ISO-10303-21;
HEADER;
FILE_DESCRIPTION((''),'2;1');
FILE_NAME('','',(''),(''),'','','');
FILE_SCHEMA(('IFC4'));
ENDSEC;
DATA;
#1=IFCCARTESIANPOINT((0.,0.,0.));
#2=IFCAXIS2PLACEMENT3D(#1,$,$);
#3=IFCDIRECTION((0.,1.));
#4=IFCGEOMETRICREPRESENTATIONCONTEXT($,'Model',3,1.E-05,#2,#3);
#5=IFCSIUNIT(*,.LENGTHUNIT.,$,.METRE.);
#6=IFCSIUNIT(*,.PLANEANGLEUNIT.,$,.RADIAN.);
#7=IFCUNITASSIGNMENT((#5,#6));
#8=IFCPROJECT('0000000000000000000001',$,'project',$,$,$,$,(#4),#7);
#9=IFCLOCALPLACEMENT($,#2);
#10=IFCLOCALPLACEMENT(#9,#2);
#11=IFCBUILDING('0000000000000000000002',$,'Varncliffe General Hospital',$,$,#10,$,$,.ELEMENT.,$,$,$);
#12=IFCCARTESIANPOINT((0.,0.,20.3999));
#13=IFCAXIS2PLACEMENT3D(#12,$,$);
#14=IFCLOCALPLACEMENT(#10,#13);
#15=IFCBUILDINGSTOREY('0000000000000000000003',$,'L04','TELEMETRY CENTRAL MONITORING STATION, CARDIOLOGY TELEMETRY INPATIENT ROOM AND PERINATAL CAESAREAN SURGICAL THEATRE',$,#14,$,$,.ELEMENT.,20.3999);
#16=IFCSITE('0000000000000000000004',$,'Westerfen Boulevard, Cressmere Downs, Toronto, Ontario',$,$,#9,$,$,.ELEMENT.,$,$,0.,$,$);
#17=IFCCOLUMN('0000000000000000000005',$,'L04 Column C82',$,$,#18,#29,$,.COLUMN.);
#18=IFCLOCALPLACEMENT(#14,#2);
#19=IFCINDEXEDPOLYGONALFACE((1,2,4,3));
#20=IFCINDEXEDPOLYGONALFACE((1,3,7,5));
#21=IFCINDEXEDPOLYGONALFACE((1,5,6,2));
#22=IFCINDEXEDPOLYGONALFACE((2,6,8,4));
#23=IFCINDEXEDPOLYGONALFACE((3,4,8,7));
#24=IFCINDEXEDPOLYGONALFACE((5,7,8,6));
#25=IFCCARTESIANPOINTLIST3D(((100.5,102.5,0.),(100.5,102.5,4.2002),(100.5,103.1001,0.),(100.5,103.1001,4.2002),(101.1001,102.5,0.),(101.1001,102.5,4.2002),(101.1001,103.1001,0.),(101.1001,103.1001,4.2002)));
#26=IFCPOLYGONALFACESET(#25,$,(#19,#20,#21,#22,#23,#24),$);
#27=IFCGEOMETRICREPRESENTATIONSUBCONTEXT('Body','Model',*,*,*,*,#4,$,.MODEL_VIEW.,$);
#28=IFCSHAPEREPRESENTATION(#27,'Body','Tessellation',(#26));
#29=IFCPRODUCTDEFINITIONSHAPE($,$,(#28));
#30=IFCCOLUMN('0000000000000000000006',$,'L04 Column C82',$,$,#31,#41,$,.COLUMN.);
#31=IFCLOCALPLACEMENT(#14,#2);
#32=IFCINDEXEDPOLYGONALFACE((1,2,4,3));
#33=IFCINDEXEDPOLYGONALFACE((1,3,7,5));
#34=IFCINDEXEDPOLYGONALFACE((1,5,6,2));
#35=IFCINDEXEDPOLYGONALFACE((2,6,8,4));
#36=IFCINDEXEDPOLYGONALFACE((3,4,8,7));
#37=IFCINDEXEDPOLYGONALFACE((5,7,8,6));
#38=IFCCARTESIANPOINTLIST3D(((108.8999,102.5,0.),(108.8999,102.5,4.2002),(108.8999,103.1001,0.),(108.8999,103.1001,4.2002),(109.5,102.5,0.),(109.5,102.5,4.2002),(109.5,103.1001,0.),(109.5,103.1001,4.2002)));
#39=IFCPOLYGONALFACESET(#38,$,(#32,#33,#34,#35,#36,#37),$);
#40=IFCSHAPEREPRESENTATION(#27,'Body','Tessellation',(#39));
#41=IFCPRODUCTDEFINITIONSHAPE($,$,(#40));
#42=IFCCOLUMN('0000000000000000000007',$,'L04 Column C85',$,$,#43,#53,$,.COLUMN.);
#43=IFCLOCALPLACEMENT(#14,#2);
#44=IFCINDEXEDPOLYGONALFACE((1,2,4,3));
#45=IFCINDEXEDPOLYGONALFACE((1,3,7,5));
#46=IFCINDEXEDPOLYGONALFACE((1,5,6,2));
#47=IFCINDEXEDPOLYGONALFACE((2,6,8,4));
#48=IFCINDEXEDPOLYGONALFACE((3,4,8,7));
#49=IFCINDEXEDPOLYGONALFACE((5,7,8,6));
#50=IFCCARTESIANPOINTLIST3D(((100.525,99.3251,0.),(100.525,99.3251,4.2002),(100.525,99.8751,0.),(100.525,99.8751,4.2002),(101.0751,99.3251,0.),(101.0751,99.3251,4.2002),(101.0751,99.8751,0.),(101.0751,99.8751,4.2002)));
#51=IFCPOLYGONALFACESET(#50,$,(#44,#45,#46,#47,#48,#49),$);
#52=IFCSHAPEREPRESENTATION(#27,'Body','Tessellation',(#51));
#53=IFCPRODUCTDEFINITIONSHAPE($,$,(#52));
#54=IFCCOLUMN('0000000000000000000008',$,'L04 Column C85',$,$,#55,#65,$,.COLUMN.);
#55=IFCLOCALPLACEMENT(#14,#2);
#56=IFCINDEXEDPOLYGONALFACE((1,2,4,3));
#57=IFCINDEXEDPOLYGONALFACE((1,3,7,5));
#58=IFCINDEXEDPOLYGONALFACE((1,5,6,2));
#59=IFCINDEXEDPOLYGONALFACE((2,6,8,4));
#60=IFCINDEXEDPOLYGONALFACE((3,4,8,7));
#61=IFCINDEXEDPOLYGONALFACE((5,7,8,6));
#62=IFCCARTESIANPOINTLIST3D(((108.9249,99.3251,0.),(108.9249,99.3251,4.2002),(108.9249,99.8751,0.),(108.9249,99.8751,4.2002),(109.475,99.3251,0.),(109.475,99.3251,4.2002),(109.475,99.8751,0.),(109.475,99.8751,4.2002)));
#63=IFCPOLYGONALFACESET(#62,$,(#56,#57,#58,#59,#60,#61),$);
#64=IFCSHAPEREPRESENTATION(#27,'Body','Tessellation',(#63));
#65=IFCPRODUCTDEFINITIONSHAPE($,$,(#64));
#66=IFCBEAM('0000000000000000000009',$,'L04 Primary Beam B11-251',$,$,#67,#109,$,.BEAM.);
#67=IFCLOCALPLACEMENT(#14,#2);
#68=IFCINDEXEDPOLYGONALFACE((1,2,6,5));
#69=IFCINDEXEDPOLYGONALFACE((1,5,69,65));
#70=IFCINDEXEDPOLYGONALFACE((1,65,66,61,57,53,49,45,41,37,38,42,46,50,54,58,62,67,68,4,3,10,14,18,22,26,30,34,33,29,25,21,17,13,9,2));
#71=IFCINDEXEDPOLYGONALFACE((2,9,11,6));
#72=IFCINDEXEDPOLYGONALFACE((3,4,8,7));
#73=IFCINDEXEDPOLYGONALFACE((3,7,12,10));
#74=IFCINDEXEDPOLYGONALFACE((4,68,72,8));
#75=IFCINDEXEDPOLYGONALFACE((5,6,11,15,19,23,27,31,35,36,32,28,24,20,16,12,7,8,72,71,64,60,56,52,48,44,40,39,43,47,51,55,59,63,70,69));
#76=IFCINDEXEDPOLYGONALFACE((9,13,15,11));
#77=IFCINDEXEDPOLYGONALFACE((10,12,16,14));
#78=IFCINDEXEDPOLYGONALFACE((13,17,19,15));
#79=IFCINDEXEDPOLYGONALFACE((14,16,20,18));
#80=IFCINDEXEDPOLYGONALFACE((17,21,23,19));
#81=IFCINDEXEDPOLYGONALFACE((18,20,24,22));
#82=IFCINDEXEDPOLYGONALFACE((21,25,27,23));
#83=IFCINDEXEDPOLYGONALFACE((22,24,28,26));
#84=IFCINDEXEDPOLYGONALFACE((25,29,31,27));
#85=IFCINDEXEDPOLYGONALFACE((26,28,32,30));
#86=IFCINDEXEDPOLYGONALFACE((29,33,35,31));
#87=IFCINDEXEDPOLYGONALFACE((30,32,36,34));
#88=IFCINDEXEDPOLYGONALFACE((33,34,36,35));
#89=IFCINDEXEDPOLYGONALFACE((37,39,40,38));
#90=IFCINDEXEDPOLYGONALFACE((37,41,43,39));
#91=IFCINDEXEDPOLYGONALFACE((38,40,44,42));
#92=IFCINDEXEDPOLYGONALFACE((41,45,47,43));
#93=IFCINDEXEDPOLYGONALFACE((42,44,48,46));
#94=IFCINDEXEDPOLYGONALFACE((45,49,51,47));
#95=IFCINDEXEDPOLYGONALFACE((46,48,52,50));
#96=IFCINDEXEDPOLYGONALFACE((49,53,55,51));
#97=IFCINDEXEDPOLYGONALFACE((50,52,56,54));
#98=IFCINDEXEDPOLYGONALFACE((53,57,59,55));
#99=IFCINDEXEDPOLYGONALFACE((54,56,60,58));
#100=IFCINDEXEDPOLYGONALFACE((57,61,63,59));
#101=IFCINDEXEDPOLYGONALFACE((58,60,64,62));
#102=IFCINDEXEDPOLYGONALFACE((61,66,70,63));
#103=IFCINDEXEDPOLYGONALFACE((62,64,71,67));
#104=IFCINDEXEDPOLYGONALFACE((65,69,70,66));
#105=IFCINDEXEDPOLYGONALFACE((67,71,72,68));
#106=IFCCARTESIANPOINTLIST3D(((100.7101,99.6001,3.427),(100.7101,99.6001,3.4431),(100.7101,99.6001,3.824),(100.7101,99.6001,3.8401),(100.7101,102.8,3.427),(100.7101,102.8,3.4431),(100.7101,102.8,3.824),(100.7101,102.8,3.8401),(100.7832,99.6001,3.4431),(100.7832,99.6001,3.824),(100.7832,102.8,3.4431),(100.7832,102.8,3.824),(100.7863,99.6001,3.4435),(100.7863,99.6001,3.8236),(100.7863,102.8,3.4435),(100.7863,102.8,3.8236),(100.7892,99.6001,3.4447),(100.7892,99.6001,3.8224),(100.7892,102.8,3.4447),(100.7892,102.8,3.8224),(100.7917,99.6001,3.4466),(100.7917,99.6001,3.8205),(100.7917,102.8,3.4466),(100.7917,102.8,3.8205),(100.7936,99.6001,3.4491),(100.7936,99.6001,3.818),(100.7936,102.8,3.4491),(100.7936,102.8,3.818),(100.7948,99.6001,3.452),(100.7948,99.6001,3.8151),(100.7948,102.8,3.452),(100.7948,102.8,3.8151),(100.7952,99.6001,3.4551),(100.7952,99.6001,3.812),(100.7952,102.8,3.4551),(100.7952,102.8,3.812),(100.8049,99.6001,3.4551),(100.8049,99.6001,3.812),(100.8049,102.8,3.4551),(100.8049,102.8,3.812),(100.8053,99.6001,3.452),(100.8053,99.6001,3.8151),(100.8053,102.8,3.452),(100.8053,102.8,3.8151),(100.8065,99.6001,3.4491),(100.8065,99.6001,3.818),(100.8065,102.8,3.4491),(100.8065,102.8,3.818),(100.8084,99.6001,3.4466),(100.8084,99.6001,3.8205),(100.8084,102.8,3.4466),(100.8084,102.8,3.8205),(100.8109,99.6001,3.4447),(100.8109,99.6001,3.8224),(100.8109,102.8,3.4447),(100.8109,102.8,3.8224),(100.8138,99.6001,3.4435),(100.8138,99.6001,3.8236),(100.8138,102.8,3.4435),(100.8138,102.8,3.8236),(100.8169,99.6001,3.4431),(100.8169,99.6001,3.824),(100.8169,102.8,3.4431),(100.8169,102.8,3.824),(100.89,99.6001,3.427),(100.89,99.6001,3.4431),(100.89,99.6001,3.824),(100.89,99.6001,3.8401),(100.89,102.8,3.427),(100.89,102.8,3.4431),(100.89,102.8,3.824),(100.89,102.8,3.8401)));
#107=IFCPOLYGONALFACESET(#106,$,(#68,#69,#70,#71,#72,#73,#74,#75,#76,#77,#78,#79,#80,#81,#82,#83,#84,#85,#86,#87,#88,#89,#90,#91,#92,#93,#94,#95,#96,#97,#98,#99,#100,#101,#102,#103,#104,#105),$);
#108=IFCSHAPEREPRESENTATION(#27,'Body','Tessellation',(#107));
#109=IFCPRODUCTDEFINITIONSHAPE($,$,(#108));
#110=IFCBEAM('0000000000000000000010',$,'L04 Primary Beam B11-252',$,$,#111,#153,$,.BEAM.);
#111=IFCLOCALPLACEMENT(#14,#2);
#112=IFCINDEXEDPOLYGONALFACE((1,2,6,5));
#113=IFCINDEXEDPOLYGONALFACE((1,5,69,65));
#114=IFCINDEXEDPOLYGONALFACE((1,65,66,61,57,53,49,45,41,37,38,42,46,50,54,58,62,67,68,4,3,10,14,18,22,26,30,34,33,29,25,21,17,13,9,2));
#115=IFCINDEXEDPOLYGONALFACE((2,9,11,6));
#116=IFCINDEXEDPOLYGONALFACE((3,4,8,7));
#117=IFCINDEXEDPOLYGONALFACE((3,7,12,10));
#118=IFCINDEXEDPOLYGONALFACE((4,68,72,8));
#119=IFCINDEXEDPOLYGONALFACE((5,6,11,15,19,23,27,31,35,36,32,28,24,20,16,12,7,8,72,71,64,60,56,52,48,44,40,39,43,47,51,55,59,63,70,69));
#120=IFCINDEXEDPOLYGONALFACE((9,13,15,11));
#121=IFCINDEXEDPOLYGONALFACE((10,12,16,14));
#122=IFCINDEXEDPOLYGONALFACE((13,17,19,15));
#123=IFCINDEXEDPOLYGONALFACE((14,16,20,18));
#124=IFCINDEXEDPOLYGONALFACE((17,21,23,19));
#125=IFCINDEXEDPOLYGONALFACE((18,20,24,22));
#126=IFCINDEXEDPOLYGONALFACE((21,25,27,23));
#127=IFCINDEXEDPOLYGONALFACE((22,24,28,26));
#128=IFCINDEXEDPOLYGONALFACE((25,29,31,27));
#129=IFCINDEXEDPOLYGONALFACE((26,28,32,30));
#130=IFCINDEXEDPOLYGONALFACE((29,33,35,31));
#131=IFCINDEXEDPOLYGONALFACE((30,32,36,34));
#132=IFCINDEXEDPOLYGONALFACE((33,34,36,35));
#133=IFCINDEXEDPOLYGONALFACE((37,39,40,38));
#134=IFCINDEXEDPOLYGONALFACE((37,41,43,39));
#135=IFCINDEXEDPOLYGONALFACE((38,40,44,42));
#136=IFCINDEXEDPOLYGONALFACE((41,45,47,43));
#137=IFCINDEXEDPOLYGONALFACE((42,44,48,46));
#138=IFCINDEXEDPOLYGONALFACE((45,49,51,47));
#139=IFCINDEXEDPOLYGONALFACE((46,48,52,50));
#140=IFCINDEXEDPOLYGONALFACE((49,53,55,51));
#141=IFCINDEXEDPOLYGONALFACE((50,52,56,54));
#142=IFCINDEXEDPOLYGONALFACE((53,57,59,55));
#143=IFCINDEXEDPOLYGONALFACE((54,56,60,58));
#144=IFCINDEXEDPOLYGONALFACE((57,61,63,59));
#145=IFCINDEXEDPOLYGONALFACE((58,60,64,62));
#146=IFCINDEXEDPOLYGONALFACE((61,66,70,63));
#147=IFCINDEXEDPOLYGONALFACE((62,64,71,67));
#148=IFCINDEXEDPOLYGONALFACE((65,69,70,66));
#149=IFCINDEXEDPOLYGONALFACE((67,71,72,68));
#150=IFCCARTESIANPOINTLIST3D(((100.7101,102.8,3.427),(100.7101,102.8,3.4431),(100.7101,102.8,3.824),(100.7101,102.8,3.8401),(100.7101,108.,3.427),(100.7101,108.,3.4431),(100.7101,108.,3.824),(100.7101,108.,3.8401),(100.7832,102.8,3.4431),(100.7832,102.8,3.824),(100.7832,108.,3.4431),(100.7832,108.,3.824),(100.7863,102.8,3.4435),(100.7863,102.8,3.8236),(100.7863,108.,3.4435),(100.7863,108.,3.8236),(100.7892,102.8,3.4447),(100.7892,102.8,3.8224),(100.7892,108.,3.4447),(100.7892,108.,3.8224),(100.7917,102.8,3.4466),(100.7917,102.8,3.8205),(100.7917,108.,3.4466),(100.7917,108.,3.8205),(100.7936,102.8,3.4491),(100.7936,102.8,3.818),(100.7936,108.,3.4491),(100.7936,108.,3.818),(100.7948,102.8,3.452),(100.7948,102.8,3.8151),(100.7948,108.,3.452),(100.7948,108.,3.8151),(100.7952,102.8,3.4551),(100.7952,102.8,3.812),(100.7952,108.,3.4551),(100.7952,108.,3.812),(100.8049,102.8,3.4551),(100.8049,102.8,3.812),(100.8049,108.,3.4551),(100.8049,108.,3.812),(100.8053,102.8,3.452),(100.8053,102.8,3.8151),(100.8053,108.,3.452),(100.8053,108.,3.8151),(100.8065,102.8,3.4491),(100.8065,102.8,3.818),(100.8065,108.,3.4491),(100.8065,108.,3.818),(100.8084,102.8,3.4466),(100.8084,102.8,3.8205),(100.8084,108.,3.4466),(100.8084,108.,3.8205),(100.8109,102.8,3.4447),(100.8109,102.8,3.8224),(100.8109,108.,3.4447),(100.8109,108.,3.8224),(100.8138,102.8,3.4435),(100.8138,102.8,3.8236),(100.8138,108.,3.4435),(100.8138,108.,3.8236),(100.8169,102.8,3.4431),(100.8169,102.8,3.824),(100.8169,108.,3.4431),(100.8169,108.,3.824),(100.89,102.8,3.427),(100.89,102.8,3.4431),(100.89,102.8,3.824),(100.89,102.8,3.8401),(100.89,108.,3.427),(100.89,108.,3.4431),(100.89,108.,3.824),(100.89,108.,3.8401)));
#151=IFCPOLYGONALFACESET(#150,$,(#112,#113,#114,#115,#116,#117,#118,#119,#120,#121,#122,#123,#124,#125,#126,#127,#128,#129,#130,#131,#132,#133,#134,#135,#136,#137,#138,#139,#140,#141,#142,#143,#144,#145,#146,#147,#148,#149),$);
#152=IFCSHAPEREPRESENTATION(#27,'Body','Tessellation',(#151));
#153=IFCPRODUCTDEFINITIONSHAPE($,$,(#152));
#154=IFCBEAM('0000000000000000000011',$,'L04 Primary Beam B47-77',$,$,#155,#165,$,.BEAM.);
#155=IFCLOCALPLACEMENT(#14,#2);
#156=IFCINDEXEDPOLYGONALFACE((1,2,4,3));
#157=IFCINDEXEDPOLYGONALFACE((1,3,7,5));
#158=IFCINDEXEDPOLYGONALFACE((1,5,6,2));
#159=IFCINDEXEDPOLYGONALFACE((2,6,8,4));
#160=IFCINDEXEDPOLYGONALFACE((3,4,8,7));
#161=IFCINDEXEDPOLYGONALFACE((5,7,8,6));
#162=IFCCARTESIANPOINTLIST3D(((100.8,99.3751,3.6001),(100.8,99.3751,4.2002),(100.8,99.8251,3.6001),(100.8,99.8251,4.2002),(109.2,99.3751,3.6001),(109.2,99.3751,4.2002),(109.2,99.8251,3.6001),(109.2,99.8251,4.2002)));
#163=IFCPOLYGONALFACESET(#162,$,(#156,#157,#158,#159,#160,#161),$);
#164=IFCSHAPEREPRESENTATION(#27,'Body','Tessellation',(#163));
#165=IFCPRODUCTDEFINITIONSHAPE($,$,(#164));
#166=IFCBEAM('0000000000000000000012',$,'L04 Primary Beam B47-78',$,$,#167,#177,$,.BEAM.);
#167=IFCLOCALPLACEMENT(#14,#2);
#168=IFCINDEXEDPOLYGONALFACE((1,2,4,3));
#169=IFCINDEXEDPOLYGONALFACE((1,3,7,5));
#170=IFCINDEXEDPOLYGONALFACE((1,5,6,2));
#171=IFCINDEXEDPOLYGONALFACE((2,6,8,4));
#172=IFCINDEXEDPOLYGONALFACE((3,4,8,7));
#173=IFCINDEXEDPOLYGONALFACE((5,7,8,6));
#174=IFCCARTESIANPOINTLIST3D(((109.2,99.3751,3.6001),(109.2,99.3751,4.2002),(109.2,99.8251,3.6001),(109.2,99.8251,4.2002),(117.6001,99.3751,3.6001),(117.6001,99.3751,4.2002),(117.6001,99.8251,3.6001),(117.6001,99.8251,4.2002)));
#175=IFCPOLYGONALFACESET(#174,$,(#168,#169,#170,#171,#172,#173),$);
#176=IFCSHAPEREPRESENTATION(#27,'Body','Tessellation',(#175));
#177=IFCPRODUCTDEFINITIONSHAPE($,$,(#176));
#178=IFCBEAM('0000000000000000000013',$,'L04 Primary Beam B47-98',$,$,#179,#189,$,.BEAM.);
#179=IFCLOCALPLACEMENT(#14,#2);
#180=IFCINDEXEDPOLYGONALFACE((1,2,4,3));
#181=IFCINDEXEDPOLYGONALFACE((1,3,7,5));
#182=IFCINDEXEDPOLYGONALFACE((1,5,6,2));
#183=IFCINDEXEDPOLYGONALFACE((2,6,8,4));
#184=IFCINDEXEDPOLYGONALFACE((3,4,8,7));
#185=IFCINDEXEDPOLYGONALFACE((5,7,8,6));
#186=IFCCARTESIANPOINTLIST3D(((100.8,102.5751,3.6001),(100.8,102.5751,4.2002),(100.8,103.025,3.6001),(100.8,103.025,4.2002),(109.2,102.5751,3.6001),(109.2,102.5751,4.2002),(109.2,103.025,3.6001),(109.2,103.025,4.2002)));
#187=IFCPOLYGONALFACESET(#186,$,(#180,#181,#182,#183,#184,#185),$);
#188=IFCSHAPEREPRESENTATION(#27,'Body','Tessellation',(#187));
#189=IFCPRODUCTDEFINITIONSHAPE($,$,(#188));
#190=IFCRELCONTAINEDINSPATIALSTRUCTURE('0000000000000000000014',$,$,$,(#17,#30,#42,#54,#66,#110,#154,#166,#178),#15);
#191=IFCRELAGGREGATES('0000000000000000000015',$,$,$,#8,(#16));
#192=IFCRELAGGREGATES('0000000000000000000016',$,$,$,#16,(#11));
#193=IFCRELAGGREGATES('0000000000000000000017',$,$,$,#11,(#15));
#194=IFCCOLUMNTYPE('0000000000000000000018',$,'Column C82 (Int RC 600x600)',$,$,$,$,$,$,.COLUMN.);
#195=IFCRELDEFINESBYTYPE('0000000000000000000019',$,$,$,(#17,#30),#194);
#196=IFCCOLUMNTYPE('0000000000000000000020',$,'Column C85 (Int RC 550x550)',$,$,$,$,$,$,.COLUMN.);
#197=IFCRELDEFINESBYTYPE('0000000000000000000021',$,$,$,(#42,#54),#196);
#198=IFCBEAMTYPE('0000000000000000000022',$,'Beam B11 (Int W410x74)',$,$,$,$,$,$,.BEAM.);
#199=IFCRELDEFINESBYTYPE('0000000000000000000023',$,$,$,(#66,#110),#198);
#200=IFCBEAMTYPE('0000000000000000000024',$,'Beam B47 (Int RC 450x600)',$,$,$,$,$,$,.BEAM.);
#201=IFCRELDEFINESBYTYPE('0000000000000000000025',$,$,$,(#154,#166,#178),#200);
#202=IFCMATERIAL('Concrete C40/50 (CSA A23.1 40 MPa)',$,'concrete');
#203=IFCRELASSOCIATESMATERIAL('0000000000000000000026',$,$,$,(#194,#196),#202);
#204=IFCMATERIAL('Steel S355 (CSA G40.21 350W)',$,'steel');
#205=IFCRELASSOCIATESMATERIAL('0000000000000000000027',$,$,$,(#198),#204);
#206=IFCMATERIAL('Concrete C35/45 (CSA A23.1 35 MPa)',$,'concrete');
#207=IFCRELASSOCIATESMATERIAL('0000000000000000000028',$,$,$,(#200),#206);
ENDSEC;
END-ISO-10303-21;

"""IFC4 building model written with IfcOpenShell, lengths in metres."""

from ifc_helpers import new_model, si_unit, direction, frame, origin, origin_2d, place, context, subcontext, project, spatial, rectangle, i_section, extrude, material, material_profile, profile_set, type_object, element, save


model = new_model("IFC4")

# Units and contexts
model_context = context("Model", 3, precision=1e-05, world=origin(), true_north=direction((0.0, 1.0)))
body_context = subcontext(model_context, "Body", "Model", "MODEL_VIEW")
ifc_project = project(units=[si_unit("LENGTHUNIT", "METRE"), si_unit("PLANEANGLEUNIT", "RADIAN")], contexts=[model_context])

# Site, building, storey
site_placement = place(None, origin())
site = spatial("IfcSite", under=ifc_project, at=site_placement, Name="Westerfen Boulevard, Cressmere Downs, Toronto, Ontario", CompositionType="ELEMENT", RefElevation=0.0)
building_placement = place(site_placement, origin())
building = spatial("IfcBuilding", under=site, at=building_placement, Name="Varncliffe General Hospital", CompositionType="ELEMENT")
storey_placement = place(building_placement, frame((0.0, 0.0, 20.3999)))
storey = spatial("IfcBuildingStorey", under=building, at=storey_placement, Name="L04", Description="TELEMETRY CENTRAL MONITORING STATION, CARDIOLOGY TELEMETRY INPATIENT ROOM AND PERINATAL CAESAREAN SURGICAL THEATRE", CompositionType="ELEMENT", Elevation=20.3999)

# Columns
ifc_material_1 = material(Name="Concrete C40/50 (CSA A23.1 40 MPa)", Category="concrete")
ifc_material_profile_1 = material_profile(ifc_material_1, rectangle(XDim=0.6001, YDim=0.6001, at=origin_2d()), Name="RC 600x600")
ifc_profile_set_1 = profile_set([ifc_material_profile_1], Name="Concrete C40/50 (CSA A23.1 40 MPa)")
column_type_1 = type_object("IfcColumnType", Name="Column C82 (Int RC 600x600)", PredefinedType="COLUMN", material=ifc_profile_set_1)
for number, where, z_axis, x_axis, name in (
    (1, (100.8, 102.8, 0.0), (0.0, 0.0, 1.0), (1.0, 0.0, 0.0), "L04 Column C82"),
    (2, (109.2, 102.8, 0.0), (0.0, 0.0, 1.0), (1.0, 0.0, 0.0), "L04 Column C82"),
):
    element("IfcColumn", number, at=place(storey_placement, frame(where, z_axis=z_axis, x_axis=x_axis)), inside=storey, type_object=column_type_1, Name=name, PredefinedType="COLUMN", context=body_context, shape_type="SweptSolid", body=[
        extrude(rectangle(XDim=0.6001, YDim=0.6001, at=origin_2d()), origin(), (0.0, 0.0, 1.0), 4.2002),
    ])
ifc_material_profile_2 = material_profile(ifc_material_1, rectangle(XDim=0.55, YDim=0.55, at=origin_2d()), Name="RC 550x550")
ifc_profile_set_2 = profile_set([ifc_material_profile_2], Name="Concrete C40/50 (CSA A23.1 40 MPa)")
column_type_2 = type_object("IfcColumnType", Name="Column C85 (Int RC 550x550)", PredefinedType="COLUMN", material=ifc_profile_set_2)
for number, where, z_axis, x_axis, name in (
    (3, (100.8, 99.6001, 0.0), (0.0, 0.0, 1.0), (1.0, 0.0, 0.0), "L04 Column C85"),
    (4, (109.2, 99.6001, 0.0), (0.0, 0.0, 1.0), (1.0, 0.0, 0.0), "L04 Column C85"),
):
    element("IfcColumn", number, at=place(storey_placement, frame(where, z_axis=z_axis, x_axis=x_axis)), inside=storey, type_object=column_type_2, Name=name, PredefinedType="COLUMN", context=body_context, shape_type="SweptSolid", body=[
        extrude(rectangle(XDim=0.55, YDim=0.55, at=origin_2d()), origin(), (0.0, 0.0, 1.0), 4.2002),
    ])

# Beams
ifc_material_2 = material(Name="Steel S355 (CSA G40.21 350W)", Category="steel")
ifc_material_profile_3 = material_profile(ifc_material_2, i_section(OverallWidth=0.1799, OverallDepth=0.4131, WebThickness=0.0098, FlangeThickness=0.0161, FilletRadius=0.012, at=origin_2d()), Name="W410x74")
ifc_profile_set_3 = profile_set([ifc_material_profile_3], Name="Steel S355 (CSA G40.21 350W)")
beam_type_1 = type_object("IfcBeamType", Name="Beam B11 (Int W410x74)", PredefinedType="BEAM", material=ifc_profile_set_3)
beam_1_placement = place(storey_placement, frame((100.8, 99.6001, 3.6335), z_axis=(0.0, 1.0, 0.0), x_axis=(-1.0, 0.0, 0.0)))
element("IfcBeam", 5, at=beam_1_placement, inside=storey, type_object=beam_type_1, Name="L04 Primary Beam B11-251", PredefinedType="BEAM", context=body_context, shape_type="SweptSolid", body=[
    extrude(i_section(OverallWidth=0.1799, OverallDepth=0.4131, WebThickness=0.0098, FlangeThickness=0.0161, FilletRadius=0.012, at=origin_2d()), origin(), (0.0, 0.0, 1.0), 3.2),
])
beam_2_placement = place(storey_placement, frame((100.8, 102.8, 3.6335), z_axis=(0.0, 1.0, 0.0), x_axis=(-1.0, 0.0, 0.0)))
element("IfcBeam", 6, at=beam_2_placement, inside=storey, type_object=beam_type_1, Name="L04 Primary Beam B11-252", PredefinedType="BEAM", context=body_context, shape_type="SweptSolid", body=[
    extrude(i_section(OverallWidth=0.1799, OverallDepth=0.4131, WebThickness=0.0098, FlangeThickness=0.0161, FilletRadius=0.012, at=origin_2d()), origin(), (0.0, 0.0, 1.0), 5.2),
])
ifc_material_3 = material(Name="Concrete C35/45 (CSA A23.1 35 MPa)", Category="concrete")
ifc_material_profile_4 = material_profile(ifc_material_3, rectangle(XDim=0.45, YDim=0.6001, at=origin_2d()), Name="RC 450x600")
ifc_profile_set_4 = profile_set([ifc_material_profile_4], Name="Concrete C35/45 (CSA A23.1 35 MPa)")
beam_type_2 = type_object("IfcBeamType", Name="Beam B47 (Int RC 450x600)", PredefinedType="BEAM", material=ifc_profile_set_4)
beam_3_placement = place(storey_placement, frame((100.8, 99.6001, 3.9001), z_axis=(1.0, 0.0, 0.0), x_axis=(0.0, 1.0, 0.0)))
element("IfcBeam", 7, at=beam_3_placement, inside=storey, type_object=beam_type_2, Name="L04 Primary Beam B47-77", PredefinedType="BEAM", context=body_context, shape_type="SweptSolid", body=[
    extrude(rectangle(XDim=0.45, YDim=0.6001, at=origin_2d()), origin(), (0.0, 0.0, 1.0), 8.3999),
])
beam_4_placement = place(storey_placement, frame((109.2, 99.6001, 3.9001), z_axis=(1.0, 0.0, 0.0), x_axis=(0.0, 1.0, 0.0)))
element("IfcBeam", 8, at=beam_4_placement, inside=storey, type_object=beam_type_2, Name="L04 Primary Beam B47-78", PredefinedType="BEAM", context=body_context, shape_type="SweptSolid", body=[
    extrude(rectangle(XDim=0.45, YDim=0.6001, at=origin_2d()), origin(), (0.0, 0.0, 1.0), 8.4001),
])
beam_5_placement = place(storey_placement, frame((100.8, 102.8, 3.9001), z_axis=(1.0, 0.0, 0.0), x_axis=(0.0, 1.0, 0.0)))
element("IfcBeam", 9, at=beam_5_placement, inside=storey, type_object=beam_type_2, Name="L04 Primary Beam B47-98", PredefinedType="BEAM", context=body_context, shape_type="SweptSolid", body=[
    extrude(rectangle(XDim=0.45, YDim=0.6001, at=origin_2d()), origin(), (0.0, 0.0, 1.0), 8.3999),
])

save(model, "model.ifc")
